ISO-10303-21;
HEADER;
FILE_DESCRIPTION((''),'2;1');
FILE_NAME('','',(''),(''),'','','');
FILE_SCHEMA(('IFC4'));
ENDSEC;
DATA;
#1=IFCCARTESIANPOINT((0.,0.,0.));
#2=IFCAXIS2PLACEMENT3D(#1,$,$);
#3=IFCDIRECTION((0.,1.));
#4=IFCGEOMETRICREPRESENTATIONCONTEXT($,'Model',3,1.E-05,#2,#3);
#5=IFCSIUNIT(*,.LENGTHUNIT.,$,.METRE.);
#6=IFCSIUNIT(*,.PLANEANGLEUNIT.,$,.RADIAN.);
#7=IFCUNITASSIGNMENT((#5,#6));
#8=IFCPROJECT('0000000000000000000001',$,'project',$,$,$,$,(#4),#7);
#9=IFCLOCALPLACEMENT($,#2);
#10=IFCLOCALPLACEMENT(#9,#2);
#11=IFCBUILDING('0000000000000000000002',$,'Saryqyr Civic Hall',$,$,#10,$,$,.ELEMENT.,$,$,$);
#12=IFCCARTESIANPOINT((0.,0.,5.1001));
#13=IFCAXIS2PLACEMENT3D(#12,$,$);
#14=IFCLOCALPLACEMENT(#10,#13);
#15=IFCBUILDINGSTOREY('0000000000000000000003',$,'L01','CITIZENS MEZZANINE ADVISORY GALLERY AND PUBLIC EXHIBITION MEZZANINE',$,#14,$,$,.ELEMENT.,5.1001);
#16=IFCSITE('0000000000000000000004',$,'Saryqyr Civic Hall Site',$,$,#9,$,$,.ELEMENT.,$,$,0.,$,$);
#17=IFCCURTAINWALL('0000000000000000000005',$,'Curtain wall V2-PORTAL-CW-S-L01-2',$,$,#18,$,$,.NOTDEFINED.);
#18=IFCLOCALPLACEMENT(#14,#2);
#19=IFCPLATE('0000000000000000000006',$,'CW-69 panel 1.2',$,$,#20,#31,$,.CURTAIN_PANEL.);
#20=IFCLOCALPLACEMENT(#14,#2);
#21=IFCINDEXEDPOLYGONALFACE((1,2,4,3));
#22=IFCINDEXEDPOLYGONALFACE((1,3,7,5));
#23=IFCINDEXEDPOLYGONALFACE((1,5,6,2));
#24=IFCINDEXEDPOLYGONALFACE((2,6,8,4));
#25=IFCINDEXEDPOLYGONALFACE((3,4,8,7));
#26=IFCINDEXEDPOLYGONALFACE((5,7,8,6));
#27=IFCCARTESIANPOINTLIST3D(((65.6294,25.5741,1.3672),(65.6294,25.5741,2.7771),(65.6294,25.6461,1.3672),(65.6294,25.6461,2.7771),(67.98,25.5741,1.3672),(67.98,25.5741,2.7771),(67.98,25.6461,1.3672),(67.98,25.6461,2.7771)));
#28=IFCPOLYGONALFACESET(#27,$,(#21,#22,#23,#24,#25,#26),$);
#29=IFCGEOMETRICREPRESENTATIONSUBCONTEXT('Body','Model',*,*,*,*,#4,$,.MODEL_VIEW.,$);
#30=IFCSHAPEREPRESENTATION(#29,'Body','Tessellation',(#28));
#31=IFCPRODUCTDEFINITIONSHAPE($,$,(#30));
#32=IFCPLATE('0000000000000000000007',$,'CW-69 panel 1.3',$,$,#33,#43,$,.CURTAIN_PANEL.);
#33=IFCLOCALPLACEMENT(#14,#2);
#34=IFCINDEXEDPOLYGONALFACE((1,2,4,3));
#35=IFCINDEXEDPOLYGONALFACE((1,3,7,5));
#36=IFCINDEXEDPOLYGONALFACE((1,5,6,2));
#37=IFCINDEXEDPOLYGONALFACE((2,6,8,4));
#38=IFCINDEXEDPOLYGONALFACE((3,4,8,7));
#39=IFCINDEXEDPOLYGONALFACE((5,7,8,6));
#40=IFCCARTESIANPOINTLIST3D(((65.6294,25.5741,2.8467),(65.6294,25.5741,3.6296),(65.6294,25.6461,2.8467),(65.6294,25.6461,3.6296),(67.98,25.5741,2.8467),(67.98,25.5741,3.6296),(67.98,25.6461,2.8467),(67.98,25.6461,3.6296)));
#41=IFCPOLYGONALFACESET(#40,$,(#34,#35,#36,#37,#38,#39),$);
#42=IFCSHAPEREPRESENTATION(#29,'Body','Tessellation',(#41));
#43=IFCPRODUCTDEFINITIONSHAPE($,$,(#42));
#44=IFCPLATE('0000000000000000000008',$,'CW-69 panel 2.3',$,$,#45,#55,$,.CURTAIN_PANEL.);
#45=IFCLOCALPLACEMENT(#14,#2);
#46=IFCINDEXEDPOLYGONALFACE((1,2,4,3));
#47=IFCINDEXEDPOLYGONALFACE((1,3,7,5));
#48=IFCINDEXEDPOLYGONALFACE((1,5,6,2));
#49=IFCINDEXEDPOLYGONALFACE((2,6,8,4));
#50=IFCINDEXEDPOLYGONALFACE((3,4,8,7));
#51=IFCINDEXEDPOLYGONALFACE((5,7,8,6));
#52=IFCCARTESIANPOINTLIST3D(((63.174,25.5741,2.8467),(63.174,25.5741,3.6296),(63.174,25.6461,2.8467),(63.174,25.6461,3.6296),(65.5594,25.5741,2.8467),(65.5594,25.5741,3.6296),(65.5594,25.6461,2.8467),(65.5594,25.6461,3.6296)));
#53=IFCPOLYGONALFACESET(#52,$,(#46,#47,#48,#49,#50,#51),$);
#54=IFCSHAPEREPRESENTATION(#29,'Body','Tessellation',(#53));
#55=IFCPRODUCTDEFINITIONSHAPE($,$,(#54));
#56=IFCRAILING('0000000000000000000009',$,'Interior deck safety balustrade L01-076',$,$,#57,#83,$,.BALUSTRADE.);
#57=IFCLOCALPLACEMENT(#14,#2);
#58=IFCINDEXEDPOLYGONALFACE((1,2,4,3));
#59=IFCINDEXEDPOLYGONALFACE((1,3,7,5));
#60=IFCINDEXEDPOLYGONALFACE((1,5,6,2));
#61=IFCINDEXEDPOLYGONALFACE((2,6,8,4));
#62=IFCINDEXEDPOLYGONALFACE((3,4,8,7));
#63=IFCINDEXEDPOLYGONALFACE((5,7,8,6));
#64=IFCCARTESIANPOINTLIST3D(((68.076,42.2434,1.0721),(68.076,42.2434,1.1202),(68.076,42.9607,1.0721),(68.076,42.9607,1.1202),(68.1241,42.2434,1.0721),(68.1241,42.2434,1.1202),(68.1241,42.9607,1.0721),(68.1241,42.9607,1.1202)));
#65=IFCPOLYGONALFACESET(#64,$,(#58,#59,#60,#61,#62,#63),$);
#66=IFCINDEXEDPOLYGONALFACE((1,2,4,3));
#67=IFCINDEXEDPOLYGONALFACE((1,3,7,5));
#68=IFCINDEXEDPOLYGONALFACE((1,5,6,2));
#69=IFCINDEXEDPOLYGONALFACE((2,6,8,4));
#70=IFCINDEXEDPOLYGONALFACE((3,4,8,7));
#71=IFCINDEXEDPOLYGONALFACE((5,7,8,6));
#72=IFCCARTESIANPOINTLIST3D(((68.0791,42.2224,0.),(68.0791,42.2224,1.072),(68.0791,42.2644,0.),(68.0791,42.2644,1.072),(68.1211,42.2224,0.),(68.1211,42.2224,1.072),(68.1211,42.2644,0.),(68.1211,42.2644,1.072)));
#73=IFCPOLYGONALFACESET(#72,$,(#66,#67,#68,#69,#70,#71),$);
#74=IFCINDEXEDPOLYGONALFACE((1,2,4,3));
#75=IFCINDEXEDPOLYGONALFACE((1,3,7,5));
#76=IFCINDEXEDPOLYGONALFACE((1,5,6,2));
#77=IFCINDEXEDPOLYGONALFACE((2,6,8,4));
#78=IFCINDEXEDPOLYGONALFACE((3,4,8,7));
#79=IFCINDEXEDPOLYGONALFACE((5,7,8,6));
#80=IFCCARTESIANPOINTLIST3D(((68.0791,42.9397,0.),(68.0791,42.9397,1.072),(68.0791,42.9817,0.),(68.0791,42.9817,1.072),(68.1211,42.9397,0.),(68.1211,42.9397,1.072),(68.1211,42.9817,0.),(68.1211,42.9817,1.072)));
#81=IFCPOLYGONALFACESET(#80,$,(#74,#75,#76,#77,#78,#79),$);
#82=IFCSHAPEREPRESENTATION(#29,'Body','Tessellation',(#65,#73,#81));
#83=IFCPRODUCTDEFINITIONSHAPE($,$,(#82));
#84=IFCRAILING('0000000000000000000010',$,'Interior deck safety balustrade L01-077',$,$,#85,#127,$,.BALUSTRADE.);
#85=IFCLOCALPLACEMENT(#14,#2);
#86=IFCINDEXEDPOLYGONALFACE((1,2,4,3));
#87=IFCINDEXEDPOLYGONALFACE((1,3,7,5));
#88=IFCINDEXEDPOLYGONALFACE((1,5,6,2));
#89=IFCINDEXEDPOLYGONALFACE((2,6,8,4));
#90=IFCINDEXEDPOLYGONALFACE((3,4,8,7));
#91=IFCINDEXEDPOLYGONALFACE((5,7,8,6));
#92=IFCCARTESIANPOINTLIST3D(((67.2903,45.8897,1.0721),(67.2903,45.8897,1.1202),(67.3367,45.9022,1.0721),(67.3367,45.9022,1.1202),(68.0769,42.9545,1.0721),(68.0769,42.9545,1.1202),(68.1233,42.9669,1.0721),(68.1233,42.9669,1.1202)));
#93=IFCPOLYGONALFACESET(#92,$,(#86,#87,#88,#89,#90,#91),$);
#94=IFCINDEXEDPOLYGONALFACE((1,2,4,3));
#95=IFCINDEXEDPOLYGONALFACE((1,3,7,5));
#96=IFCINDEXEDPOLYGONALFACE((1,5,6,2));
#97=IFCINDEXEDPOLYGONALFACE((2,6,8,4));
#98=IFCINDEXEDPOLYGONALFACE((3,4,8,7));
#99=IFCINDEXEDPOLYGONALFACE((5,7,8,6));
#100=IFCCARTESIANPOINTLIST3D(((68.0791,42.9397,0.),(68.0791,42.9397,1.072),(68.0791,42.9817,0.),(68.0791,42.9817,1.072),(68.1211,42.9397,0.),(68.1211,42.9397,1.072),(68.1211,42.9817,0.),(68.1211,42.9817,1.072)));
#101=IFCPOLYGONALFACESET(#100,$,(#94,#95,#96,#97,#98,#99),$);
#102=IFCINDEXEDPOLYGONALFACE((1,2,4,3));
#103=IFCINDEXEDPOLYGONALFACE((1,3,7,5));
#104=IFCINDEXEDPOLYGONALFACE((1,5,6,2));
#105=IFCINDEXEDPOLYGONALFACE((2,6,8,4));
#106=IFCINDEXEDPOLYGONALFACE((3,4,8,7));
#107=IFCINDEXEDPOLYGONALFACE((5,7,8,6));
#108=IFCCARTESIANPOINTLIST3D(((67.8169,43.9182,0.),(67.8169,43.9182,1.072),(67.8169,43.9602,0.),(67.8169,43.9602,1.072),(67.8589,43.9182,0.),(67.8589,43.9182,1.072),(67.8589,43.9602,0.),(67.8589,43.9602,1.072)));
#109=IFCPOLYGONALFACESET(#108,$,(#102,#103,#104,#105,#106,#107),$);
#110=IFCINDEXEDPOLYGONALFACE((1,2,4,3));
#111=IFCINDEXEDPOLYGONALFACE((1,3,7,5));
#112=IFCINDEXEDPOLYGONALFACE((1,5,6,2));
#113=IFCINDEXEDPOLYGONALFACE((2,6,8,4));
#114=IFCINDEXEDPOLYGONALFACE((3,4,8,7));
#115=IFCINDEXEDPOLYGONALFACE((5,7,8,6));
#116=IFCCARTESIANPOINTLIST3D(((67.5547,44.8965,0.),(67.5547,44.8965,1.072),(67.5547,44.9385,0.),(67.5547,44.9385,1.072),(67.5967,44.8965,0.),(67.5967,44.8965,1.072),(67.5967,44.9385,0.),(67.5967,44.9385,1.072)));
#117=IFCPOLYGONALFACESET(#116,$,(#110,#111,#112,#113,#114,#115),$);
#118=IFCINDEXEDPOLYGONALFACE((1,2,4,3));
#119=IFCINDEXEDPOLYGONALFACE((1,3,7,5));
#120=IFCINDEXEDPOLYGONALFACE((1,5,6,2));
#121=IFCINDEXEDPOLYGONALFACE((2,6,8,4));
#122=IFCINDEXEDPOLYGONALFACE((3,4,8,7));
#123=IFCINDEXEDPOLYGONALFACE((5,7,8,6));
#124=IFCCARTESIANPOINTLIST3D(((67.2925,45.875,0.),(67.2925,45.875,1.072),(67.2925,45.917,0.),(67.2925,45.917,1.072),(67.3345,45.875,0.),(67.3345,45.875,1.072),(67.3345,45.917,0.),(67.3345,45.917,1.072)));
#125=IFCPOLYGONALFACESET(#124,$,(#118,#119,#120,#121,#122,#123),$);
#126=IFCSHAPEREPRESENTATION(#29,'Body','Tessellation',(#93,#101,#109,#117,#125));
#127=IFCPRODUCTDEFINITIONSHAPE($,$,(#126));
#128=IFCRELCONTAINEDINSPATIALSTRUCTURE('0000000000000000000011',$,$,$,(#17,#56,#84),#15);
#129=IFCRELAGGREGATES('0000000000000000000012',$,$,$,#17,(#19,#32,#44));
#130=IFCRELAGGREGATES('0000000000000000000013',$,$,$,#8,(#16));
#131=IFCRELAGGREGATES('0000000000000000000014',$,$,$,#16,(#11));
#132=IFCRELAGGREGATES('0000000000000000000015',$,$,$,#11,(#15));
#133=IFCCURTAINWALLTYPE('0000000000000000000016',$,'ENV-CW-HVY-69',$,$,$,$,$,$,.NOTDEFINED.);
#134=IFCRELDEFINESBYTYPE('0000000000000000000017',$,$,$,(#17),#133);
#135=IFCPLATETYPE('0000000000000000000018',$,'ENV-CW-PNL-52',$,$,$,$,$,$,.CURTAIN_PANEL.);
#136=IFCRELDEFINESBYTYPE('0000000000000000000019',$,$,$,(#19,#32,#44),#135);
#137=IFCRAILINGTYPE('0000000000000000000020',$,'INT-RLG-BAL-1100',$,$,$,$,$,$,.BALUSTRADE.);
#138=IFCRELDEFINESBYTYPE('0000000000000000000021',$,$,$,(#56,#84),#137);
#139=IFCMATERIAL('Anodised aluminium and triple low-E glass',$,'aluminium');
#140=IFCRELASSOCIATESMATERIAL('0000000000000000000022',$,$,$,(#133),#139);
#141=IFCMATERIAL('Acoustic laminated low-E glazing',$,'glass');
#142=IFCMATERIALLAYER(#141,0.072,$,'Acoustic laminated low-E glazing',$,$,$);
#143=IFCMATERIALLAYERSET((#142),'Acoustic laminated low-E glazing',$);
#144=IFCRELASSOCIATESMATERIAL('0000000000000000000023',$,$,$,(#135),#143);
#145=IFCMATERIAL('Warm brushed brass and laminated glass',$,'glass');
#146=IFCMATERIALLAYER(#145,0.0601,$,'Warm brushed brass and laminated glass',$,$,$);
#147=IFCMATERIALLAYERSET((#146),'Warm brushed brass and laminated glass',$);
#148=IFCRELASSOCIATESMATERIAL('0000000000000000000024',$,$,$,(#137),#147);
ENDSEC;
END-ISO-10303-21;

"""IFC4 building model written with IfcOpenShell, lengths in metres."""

from ifc_helpers import new_model, si_unit, direction, frame, origin, origin_2d, place, context, subcontext, project, spatial, rectangle, extrude, material, layer, layer_set, type_object, element, aggregate, save


model = new_model("IFC4")

# Units and contexts
model_context = context("Model", 3, precision=1e-05, world=origin(), true_north=direction((0.0, 1.0)))
body_context = subcontext(model_context, "Body", "Model", "MODEL_VIEW")
ifc_project = project(units=[si_unit("LENGTHUNIT", "METRE"), si_unit("PLANEANGLEUNIT", "RADIAN")], contexts=[model_context])

# Site, building, storey
site_placement = place(None, origin())
site = spatial("IfcSite", under=ifc_project, at=site_placement, Name="Saryqyr Civic Hall Site", CompositionType="ELEMENT", RefElevation=0.0)
building_placement = place(site_placement, origin())
building = spatial("IfcBuilding", under=site, at=building_placement, Name="Saryqyr Civic Hall", CompositionType="ELEMENT")
storey_placement = place(building_placement, frame((0.0, 0.0, 5.1001)))
storey = spatial("IfcBuildingStorey", under=building, at=storey_placement, Name="L01", Description="CITIZENS MEZZANINE ADVISORY GALLERY AND PUBLIC EXHIBITION MEZZANINE", CompositionType="ELEMENT", Elevation=5.1001)

# Curtain wall
ifc_material_1 = material(Name="Anodised aluminium and triple low-E glass", Category="aluminium")
curtain_wall_type_1 = type_object("IfcCurtainWallType", Name="ENV-CW-HVY-69", PredefinedType="NOTDEFINED", material=ifc_material_1)
curtain_wall_1_placement = place(storey_placement, origin())
curtain_wall_1 = element("IfcCurtainWall", 1, at=curtain_wall_1_placement, inside=storey, type_object=curtain_wall_type_1, Name="Curtain wall V2-PORTAL-CW-S-L01-2", PredefinedType="NOTDEFINED")

# Plates
ifc_material_2 = material(Name="Acoustic laminated low-E glazing", Category="glass")
ifc_layer_1 = layer(ifc_material_2, 0.072, Name="Acoustic laminated low-E glazing")
ifc_layer_set_1 = layer_set([ifc_layer_1], Name="Acoustic laminated low-E glazing")
plate_type_1 = type_object("IfcPlateType", Name="ENV-CW-PNL-52", PredefinedType="CURTAIN_PANEL", material=ifc_layer_set_1)
plate_1_placement = place(storey_placement, frame((66.8047, 25.6101, 1.3672), z_axis=(0.0, 0.0, 1.0), x_axis=(-1.0, 0.0, 0.0)))
plate_1 = element("IfcPlate", 2, at=plate_1_placement, type_object=plate_type_1, Name="CW-69 panel 1.2", PredefinedType="CURTAIN_PANEL", context=body_context, shape_type="SweptSolid", body=[
    extrude(rectangle(XDim=2.3506, YDim=0.072, at=origin_2d()), origin(), (0.0, 0.0, 1.0), 1.4099),
])
plate_2_placement = place(storey_placement, frame((66.8047, 25.6101, 2.8467), z_axis=(0.0, 0.0, 1.0), x_axis=(-1.0, 0.0, 0.0)))
plate_2 = element("IfcPlate", 3, at=plate_2_placement, type_object=plate_type_1, Name="CW-69 panel 1.3", PredefinedType="CURTAIN_PANEL", context=body_context, shape_type="SweptSolid", body=[
    extrude(rectangle(XDim=2.3506, YDim=0.072, at=origin_2d()), origin(), (0.0, 0.0, 1.0), 0.783),
])
plate_3_placement = place(storey_placement, frame((64.3667, 25.6101, 2.8467), z_axis=(0.0, 0.0, 1.0), x_axis=(-1.0, 0.0, 0.0)))
plate_3 = element("IfcPlate", 4, at=plate_3_placement, type_object=plate_type_1, Name="CW-69 panel 2.3", PredefinedType="CURTAIN_PANEL", context=body_context, shape_type="SweptSolid", body=[
    extrude(rectangle(XDim=2.3855, YDim=0.072, at=origin_2d()), origin(), (0.0, 0.0, 1.0), 0.783),
])
aggregate(curtain_wall_1, [plate_1, plate_2, plate_3])

# Railings
ifc_material_3 = material(Name="Warm brushed brass and laminated glass", Category="glass")
ifc_layer_2 = layer(ifc_material_3, 0.0601, Name="Warm brushed brass and laminated glass")
ifc_layer_set_2 = layer_set([ifc_layer_2], Name="Warm brushed brass and laminated glass")
railing_type = type_object("IfcRailingType", Name="INT-RLG-BAL-1100", PredefinedType="BALUSTRADE", material=ifc_layer_set_2)
railing_1_placement = place(storey_placement, frame((68.1001, 42.2434, 0.0)))
element("IfcRailing", 5, at=railing_1_placement, inside=storey, type_object=railing_type, Name="Interior deck safety balustrade L01-076", PredefinedType="BALUSTRADE", context=body_context, shape_type="SweptSolid", body=[
    extrude(rectangle(XDim=0.0481, YDim=0.0481, at=origin_2d()), frame((0.0, 0.0, 1.0962), z_axis=(0.0, 1.0, 0.0), x_axis=(-1.0, 0.0, 0.0)), (0.0, 0.0, 1.0), 0.7173),
    extrude(rectangle(XDim=0.042, YDim=0.042, at=origin_2d()), origin(), (0.0, 0.0, 1.0), 1.072),
    extrude(rectangle(XDim=0.042, YDim=0.042, at=origin_2d()), frame((0.0, 0.7173, 0.0)), (0.0, 0.0, 1.0), 1.072),
])
railing_2_placement = place(storey_placement, frame((68.1001, 42.9607, 0.0)))
element("IfcRailing", 6, at=railing_2_placement, inside=storey, type_object=railing_type, Name="Interior deck safety balustrade L01-077", PredefinedType="BALUSTRADE", context=body_context, shape_type="SweptSolid", body=[
    extrude(rectangle(XDim=0.0481, YDim=0.0481, at=origin_2d()), frame((0.0, 0.0, 1.0962), z_axis=(-0.258853, 0.965917, 0.0), x_axis=(-0.965917, -0.258853, 0.0)), (0.0, 0.0, 1.0), 3.0388),
    extrude(rectangle(XDim=0.042, YDim=0.042, at=origin_2d()), origin(), (0.0, 0.0, 1.0), 1.072),
    extrude(rectangle(XDim=0.042, YDim=0.042, at=origin_2d()), frame((-0.2622, 0.9785, 0.0)), (0.0, 0.0, 1.0), 1.072),
    extrude(rectangle(XDim=0.042, YDim=0.042, at=origin_2d()), frame((-0.5244, 1.9568, 0.0)), (0.0, 0.0, 1.0), 1.072),
    extrude(rectangle(XDim=0.042, YDim=0.042, at=origin_2d()), frame((-0.7866, 2.9353, 0.0)), (0.0, 0.0, 1.0), 1.072),
])

save(model, "model.ifc")
